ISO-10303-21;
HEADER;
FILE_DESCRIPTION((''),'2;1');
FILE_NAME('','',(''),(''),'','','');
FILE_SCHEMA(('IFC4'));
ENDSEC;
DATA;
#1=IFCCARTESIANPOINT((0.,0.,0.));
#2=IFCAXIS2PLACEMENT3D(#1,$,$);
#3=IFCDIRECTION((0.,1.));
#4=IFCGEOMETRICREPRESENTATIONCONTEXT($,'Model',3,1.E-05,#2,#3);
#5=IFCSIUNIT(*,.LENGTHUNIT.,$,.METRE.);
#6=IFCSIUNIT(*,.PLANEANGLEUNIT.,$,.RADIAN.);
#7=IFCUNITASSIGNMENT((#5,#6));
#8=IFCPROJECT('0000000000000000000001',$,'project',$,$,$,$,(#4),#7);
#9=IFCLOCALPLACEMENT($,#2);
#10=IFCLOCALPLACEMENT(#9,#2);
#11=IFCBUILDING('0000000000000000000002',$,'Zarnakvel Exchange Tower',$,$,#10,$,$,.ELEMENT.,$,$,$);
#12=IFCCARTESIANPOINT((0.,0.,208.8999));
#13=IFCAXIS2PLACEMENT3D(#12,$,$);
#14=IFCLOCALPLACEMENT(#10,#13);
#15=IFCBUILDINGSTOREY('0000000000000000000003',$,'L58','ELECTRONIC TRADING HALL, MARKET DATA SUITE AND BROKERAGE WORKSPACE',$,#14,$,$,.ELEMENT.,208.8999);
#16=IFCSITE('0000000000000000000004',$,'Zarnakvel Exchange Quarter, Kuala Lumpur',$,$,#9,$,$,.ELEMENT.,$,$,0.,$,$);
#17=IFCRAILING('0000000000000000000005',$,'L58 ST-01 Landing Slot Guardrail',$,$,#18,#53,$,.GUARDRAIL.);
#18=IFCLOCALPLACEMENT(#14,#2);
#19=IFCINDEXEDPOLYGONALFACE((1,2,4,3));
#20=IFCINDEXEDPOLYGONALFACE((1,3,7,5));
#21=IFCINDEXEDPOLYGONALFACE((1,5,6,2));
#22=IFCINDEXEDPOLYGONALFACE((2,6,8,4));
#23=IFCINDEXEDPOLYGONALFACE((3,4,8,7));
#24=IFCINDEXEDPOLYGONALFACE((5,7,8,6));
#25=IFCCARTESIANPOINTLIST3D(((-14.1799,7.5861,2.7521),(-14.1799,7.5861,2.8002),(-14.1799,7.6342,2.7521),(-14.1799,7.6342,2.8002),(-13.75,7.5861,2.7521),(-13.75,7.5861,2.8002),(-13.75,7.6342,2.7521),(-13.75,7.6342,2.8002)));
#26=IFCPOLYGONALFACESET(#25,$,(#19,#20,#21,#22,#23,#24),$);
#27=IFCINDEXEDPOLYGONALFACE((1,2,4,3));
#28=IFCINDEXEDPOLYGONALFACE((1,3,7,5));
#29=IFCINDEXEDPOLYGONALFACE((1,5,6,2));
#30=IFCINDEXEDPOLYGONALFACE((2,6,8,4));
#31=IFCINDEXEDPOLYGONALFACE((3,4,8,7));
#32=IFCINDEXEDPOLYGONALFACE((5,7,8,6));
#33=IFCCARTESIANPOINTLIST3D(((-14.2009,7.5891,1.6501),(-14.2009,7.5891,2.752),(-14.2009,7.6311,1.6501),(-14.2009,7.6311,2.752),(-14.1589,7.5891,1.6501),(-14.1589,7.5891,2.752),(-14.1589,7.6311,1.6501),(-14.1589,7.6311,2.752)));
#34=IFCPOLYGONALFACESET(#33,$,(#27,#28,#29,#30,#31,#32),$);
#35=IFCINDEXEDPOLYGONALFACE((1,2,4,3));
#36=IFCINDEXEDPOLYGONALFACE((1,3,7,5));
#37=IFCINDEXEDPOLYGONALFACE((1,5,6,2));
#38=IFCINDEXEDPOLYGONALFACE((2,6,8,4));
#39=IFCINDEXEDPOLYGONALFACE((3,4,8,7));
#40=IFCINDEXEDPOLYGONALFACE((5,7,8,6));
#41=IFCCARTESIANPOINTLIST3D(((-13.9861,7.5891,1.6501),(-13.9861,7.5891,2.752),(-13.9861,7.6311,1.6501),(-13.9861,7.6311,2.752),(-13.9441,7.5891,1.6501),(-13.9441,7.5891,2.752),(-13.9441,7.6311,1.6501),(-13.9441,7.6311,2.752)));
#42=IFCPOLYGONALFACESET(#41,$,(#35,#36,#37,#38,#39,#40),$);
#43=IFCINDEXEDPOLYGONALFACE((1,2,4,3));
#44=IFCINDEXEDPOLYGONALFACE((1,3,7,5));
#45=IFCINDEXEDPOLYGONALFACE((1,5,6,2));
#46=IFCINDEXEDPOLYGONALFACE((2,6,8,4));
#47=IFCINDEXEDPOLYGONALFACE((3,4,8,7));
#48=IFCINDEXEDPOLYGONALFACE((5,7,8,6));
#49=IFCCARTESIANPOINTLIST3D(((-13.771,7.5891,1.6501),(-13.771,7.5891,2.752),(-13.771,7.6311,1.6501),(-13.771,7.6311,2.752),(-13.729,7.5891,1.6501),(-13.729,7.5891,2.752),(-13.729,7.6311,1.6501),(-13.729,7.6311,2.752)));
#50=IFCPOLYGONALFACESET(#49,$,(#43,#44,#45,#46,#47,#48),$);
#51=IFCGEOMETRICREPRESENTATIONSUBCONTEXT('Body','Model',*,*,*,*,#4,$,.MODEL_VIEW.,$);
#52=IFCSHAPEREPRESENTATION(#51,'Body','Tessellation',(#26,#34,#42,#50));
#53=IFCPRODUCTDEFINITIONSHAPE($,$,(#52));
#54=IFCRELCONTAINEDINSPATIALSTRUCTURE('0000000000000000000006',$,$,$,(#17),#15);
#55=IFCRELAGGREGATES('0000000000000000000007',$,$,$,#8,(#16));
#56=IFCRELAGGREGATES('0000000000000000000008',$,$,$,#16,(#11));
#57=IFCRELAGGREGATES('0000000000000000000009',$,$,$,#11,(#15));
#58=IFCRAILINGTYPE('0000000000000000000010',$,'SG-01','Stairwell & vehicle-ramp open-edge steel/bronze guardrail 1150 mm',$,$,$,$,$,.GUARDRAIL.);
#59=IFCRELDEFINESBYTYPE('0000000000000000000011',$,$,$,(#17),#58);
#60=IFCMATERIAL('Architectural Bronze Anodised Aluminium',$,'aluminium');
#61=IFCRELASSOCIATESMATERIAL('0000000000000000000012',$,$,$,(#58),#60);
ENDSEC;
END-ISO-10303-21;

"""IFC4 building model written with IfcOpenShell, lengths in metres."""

from ifc_helpers import new_model, si_unit, direction, frame, origin, origin_2d, place, context, subcontext, project, spatial, rectangle, extrude, material, type_object, element, save


model = new_model("IFC4")

# Units and contexts
model_context = context("Model", 3, precision=1e-05, world=origin(), true_north=direction((0.0, 1.0)))
body_context = subcontext(model_context, "Body", "Model", "MODEL_VIEW")
ifc_project = project(units=[si_unit("LENGTHUNIT", "METRE"), si_unit("PLANEANGLEUNIT", "RADIAN")], contexts=[model_context])

# Site, building, storey
site_placement = place(None, origin())
site = spatial("IfcSite", under=ifc_project, at=site_placement, Name="Zarnakvel Exchange Quarter, Kuala Lumpur", CompositionType="ELEMENT", RefElevation=0.0)
building_placement = place(site_placement, origin())
building = spatial("IfcBuilding", under=site, at=building_placement, Name="Zarnakvel Exchange Tower", CompositionType="ELEMENT")
storey_placement = place(building_placement, frame((0.0, 0.0, 208.8999)))
storey = spatial("IfcBuildingStorey", under=building, at=storey_placement, Name="L58", Description="ELECTRONIC TRADING HALL, MARKET DATA SUITE AND BROKERAGE WORKSPACE", CompositionType="ELEMENT", Elevation=208.8999)

# Shared definitions
ifc_material_1 = material(Name="Architectural Bronze Anodised Aluminium", Category="aluminium")

# Railing
railing_type_1 = type_object("IfcRailingType", Name="SG-01", Description="Stairwell & vehicle-ramp open-edge steel/bronze guardrail 1150 mm", PredefinedType="GUARDRAIL", material=ifc_material_1)
railing_1_placement = place(storey_placement, frame((-14.1799, 7.6101, 1.6501)))
element("IfcRailing", 1, at=railing_1_placement, inside=storey, type_object=railing_type_1, Name="L58 ST-01 Landing Slot Guardrail", PredefinedType="GUARDRAIL", context=body_context, shape_type="SweptSolid", body=[
    extrude(rectangle(XDim=0.0481, YDim=0.0481, at=origin_2d()), frame((0.0, 0.0, 1.126), z_axis=(1.0, 0.0, 0.0), x_axis=(0.0, 1.0, 0.0)), (0.0, 0.0, 1.0), 0.4299),
    extrude(rectangle(XDim=0.042, YDim=0.042, at=origin_2d()), origin(), (0.0, 0.0, 1.0), 1.1018),
    extrude(rectangle(XDim=0.042, YDim=0.042, at=origin_2d()), frame((0.2148, 0.0, 0.0)), (0.0, 0.0, 1.0), 1.1018),
    extrude(rectangle(XDim=0.042, YDim=0.042, at=origin_2d()), frame((0.4299, 0.0, 0.0)), (0.0, 0.0, 1.0), 1.1018),
])

save(model, "model.ifc")
